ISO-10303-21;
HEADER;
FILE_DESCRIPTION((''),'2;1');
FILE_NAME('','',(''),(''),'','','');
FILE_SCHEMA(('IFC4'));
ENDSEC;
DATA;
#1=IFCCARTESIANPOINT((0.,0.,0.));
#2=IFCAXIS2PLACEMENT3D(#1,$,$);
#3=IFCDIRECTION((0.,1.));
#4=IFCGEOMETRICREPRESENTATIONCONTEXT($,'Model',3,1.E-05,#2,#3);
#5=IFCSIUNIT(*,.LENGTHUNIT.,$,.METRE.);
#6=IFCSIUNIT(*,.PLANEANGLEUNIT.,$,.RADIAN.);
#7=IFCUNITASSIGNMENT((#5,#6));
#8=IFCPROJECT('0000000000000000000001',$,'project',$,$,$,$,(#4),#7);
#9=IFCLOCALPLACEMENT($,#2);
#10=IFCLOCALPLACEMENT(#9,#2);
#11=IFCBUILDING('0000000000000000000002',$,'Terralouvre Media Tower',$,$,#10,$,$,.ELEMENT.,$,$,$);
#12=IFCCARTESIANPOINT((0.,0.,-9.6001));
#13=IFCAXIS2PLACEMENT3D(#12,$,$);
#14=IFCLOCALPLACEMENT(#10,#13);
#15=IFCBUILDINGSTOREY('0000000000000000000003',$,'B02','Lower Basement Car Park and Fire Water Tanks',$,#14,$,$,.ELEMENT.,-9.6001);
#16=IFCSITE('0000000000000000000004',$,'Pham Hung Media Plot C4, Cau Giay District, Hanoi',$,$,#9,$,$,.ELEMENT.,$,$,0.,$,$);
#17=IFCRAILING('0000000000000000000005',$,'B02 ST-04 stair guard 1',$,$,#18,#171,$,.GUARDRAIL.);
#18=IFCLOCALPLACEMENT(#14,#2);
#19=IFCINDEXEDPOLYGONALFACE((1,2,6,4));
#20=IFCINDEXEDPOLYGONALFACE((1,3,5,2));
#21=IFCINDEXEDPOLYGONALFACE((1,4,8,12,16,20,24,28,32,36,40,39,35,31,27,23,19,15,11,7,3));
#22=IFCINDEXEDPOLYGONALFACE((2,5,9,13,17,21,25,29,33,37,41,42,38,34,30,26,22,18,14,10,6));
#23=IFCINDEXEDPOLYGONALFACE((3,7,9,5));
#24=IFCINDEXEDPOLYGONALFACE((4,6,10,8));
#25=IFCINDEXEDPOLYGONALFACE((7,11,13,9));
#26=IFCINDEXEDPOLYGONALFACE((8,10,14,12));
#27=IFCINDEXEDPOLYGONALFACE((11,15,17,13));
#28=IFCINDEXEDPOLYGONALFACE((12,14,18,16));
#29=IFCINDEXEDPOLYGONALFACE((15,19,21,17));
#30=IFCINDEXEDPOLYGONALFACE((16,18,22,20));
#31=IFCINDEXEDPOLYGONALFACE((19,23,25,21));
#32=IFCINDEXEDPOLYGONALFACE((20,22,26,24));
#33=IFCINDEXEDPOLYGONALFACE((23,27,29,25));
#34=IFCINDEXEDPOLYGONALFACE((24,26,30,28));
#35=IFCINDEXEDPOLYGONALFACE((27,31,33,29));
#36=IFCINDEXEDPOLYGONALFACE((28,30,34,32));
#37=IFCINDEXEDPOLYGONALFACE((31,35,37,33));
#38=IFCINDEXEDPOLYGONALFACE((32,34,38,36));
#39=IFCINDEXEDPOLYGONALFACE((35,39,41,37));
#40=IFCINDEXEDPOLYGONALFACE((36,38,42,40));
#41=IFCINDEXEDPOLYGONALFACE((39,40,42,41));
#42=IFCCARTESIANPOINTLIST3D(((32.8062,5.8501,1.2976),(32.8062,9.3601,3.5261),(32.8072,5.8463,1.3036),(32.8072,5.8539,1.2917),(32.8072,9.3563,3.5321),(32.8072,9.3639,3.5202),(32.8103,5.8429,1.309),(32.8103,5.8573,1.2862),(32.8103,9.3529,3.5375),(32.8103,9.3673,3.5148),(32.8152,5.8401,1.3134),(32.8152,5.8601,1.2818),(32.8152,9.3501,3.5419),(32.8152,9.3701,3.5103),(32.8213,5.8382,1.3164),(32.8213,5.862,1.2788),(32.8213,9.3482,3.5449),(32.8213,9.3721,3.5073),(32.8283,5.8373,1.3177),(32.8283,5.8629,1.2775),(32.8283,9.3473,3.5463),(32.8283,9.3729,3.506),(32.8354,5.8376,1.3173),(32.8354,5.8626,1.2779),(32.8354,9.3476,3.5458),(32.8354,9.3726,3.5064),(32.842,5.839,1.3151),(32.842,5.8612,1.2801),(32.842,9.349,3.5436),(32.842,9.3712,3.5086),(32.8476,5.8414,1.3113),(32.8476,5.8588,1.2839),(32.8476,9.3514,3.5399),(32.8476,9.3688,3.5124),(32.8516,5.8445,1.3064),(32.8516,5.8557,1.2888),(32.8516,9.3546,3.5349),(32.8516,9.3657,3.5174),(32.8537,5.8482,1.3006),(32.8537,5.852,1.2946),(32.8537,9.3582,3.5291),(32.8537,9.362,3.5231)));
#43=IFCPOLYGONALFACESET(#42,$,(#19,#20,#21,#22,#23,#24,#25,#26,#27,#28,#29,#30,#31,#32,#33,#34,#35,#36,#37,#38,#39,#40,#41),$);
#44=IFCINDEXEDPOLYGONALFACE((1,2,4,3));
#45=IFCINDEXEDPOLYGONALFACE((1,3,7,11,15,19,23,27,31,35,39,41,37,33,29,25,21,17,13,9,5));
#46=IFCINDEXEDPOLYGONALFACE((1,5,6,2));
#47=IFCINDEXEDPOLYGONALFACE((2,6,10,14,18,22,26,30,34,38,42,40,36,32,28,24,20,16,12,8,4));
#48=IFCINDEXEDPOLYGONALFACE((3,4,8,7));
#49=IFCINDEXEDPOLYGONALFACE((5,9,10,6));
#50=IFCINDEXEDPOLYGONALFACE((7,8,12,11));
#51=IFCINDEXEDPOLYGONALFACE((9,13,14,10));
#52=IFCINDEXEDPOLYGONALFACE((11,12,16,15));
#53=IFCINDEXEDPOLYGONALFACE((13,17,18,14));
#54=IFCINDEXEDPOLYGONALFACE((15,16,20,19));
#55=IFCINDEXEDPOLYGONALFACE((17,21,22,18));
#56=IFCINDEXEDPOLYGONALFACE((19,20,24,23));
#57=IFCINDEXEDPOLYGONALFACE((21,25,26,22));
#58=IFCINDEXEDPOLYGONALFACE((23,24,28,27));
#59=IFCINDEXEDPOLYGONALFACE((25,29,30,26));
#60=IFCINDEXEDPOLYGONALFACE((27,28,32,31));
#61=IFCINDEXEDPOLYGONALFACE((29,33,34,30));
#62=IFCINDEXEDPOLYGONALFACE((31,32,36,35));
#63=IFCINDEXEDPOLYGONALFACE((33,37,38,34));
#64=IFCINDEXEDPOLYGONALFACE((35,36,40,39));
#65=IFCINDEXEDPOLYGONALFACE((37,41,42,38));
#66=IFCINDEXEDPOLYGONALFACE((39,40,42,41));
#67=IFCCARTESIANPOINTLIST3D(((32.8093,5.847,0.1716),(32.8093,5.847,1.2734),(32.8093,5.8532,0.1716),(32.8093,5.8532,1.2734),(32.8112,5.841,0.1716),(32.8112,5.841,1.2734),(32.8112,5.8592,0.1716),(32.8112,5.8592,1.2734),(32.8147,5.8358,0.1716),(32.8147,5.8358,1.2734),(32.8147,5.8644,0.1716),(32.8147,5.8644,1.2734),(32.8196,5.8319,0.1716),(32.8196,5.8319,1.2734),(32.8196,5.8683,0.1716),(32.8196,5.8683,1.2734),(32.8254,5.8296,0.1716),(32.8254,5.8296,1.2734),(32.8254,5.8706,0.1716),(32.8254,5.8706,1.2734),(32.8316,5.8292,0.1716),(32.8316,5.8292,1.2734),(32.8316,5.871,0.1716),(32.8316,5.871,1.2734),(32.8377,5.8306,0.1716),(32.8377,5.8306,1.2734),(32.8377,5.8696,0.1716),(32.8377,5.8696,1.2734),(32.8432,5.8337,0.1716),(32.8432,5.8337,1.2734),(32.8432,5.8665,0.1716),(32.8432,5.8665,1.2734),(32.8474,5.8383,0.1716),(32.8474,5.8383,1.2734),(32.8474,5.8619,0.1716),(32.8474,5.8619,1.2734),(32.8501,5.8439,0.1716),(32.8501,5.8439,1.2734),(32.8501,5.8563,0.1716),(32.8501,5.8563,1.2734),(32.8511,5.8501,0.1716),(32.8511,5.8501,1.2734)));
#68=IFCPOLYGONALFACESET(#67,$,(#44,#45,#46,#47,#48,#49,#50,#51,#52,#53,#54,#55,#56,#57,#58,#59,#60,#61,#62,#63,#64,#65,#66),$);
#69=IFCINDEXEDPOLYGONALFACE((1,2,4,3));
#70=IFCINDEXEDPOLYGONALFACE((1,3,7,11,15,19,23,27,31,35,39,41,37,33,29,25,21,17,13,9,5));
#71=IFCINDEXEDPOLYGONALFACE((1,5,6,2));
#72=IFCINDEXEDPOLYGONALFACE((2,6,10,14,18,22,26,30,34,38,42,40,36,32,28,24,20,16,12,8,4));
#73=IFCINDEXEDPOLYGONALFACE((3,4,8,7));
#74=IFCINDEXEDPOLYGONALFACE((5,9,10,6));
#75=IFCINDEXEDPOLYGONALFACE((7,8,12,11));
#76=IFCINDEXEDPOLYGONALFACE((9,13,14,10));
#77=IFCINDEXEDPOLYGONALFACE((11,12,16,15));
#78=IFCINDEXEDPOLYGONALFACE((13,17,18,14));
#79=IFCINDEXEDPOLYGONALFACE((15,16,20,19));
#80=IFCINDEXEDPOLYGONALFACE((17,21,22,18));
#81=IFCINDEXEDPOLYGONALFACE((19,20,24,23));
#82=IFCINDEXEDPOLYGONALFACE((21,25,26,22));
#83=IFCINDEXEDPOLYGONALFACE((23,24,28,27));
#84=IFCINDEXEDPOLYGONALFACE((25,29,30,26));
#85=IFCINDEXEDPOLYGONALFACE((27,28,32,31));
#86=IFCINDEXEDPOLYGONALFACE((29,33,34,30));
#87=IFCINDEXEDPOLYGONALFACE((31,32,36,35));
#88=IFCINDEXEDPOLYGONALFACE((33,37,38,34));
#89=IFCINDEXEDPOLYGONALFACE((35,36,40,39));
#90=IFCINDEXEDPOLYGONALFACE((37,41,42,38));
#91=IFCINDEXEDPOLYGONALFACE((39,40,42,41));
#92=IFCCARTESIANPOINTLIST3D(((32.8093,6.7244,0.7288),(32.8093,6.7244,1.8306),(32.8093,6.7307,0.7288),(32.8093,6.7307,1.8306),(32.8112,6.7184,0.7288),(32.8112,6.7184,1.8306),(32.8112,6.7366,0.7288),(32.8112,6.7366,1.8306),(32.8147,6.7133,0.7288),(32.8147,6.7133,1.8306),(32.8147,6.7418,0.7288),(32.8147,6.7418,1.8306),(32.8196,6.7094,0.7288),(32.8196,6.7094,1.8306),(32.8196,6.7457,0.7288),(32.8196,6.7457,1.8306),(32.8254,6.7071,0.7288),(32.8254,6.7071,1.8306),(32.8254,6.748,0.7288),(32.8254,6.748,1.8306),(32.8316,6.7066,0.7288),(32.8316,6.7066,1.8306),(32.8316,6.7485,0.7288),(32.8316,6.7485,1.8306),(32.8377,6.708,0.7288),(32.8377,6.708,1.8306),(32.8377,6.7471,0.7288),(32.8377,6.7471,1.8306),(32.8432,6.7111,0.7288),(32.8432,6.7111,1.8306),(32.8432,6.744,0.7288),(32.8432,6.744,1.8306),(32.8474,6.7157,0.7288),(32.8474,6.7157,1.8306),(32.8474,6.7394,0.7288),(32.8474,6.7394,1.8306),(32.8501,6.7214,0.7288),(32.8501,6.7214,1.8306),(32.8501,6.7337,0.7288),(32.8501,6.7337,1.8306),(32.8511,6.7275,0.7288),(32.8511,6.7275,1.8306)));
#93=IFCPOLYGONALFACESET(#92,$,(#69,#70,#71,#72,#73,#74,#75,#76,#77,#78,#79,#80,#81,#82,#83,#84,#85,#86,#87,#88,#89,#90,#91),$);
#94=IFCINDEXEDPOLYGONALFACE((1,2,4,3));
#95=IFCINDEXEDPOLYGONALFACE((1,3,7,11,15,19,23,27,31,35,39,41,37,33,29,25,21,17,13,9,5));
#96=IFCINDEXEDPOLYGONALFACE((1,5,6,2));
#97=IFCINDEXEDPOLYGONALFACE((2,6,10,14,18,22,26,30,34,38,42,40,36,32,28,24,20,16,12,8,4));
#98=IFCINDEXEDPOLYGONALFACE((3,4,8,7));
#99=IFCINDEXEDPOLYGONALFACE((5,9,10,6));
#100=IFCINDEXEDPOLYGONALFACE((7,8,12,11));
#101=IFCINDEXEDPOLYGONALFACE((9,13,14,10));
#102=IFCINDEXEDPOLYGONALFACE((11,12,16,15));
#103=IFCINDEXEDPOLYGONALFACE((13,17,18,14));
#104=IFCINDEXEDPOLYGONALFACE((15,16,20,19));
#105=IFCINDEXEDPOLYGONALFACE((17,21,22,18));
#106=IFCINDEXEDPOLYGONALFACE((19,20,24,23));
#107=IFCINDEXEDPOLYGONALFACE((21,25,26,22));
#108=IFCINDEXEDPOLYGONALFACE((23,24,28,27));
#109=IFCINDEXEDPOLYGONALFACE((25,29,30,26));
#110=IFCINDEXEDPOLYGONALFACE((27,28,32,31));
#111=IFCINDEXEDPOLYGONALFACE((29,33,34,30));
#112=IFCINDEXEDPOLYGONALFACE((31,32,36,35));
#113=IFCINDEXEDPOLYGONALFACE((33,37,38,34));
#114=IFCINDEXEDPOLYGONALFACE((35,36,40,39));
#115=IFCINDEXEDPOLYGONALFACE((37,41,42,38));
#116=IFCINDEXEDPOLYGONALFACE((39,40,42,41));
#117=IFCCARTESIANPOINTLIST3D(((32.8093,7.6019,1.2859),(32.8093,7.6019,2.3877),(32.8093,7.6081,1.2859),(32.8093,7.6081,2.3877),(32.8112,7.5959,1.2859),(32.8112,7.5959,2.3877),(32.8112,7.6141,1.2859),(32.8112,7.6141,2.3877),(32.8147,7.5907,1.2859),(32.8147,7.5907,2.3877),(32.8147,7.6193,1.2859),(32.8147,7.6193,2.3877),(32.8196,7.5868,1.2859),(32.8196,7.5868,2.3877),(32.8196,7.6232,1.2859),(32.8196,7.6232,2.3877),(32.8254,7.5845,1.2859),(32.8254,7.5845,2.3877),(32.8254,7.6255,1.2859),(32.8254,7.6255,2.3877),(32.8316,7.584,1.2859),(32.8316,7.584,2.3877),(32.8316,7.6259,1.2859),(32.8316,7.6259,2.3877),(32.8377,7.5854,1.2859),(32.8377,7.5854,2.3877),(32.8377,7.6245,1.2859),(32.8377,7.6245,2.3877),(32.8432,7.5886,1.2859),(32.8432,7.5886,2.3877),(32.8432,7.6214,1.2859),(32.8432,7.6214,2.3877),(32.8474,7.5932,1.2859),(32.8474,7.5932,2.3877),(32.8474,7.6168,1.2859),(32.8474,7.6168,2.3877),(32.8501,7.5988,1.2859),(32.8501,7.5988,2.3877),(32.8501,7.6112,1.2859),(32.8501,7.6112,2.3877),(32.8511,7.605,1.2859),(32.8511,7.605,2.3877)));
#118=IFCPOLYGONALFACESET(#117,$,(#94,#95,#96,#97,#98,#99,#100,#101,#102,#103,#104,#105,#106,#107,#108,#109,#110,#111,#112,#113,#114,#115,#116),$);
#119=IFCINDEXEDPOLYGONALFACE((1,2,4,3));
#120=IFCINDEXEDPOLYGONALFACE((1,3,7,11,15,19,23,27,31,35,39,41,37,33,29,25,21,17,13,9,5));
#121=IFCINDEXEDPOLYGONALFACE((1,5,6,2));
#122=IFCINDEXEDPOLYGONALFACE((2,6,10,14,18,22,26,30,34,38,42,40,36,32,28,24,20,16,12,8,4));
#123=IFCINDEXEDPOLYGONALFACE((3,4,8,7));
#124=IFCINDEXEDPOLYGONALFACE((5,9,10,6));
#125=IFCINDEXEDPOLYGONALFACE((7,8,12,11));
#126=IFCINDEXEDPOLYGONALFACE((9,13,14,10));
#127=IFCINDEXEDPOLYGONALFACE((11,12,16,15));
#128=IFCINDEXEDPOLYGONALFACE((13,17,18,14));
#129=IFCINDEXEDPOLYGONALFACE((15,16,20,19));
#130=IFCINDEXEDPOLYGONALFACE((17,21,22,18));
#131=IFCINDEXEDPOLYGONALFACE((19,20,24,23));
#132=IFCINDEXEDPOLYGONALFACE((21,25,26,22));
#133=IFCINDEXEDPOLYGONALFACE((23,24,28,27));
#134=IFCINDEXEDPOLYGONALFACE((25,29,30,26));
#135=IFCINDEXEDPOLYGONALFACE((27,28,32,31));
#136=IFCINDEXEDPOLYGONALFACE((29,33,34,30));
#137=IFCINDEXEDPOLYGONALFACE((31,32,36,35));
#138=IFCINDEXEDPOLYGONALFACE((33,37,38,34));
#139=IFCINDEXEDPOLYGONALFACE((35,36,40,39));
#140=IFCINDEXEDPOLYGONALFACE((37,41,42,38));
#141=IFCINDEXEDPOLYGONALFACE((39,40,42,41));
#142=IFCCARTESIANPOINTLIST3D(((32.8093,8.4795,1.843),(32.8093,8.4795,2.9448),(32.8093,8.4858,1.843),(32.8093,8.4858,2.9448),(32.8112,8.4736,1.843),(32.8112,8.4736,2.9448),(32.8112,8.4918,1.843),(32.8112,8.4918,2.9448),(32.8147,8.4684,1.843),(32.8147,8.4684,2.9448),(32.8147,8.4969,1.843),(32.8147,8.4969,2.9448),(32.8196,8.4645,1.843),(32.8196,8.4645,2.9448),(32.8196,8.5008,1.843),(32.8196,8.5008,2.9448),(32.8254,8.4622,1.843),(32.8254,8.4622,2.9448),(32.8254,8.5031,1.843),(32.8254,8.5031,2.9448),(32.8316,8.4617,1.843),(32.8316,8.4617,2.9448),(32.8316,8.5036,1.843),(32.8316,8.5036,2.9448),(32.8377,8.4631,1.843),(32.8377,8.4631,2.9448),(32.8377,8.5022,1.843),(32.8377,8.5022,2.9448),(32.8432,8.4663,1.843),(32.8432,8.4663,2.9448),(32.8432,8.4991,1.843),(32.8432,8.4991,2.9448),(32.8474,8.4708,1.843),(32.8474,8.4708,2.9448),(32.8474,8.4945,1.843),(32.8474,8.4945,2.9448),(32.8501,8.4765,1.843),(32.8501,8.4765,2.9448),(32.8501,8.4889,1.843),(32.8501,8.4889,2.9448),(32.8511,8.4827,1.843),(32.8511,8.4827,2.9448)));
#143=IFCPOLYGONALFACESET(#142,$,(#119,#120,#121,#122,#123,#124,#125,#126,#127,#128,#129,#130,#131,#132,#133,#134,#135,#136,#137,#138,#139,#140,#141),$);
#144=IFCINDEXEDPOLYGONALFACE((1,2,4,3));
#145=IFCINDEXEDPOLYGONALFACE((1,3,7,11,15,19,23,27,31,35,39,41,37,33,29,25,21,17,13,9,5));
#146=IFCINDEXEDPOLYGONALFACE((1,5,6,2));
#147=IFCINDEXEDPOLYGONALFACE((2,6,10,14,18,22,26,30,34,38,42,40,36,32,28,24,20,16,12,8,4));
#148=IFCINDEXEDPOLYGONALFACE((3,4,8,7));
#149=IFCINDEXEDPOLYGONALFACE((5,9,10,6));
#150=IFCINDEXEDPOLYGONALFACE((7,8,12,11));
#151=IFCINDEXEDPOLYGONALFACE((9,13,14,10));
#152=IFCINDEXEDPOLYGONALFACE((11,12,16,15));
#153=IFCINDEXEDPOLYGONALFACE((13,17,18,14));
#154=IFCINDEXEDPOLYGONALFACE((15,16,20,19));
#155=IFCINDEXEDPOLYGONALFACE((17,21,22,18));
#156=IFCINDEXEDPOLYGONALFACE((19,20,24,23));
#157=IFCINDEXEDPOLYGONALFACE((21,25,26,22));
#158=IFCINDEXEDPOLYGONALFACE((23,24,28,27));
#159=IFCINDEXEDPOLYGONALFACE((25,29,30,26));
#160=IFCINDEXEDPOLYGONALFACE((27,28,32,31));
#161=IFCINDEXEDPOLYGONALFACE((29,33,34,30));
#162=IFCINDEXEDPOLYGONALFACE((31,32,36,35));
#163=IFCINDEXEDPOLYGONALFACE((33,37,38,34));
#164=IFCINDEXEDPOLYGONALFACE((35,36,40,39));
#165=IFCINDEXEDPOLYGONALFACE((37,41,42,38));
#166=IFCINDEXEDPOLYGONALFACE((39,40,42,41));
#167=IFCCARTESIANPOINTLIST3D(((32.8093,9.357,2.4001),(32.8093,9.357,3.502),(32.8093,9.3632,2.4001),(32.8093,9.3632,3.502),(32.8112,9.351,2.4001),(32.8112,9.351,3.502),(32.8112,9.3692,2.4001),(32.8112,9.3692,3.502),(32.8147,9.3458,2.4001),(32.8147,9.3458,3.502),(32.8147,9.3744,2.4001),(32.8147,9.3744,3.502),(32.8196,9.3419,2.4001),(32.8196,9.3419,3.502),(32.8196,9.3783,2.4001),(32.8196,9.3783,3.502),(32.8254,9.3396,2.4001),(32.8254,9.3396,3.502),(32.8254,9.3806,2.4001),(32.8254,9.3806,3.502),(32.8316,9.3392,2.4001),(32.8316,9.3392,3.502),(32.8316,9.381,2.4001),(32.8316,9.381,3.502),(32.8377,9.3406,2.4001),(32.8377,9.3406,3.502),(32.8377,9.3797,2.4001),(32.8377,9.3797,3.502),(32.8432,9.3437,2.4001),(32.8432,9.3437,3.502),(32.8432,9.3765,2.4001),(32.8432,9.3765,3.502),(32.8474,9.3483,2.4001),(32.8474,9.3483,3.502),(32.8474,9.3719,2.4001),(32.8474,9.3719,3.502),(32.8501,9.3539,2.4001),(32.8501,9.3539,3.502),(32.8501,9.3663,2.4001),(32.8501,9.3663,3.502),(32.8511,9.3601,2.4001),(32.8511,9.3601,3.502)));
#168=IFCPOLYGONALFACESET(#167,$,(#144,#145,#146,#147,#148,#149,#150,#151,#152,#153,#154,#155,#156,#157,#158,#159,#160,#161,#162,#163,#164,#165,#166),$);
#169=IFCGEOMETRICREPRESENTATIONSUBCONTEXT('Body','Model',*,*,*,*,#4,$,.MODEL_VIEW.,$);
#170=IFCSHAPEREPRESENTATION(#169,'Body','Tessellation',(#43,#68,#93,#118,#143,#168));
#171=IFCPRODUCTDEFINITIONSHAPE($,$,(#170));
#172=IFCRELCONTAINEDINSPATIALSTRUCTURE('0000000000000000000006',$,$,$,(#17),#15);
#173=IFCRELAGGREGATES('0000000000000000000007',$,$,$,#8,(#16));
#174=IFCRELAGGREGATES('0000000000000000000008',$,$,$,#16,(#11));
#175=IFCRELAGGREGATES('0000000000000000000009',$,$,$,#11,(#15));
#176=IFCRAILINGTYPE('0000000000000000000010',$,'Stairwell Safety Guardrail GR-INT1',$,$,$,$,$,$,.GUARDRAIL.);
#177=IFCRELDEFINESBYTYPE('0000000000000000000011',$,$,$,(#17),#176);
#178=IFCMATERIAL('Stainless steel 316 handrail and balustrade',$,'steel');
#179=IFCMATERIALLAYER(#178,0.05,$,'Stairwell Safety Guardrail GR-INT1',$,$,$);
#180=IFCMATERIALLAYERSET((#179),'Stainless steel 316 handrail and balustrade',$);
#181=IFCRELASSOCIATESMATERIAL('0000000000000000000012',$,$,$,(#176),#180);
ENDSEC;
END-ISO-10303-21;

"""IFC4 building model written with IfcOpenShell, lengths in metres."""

from ifc_helpers import new_model, si_unit, direction, frame, origin, origin_2d, place, context, subcontext, project, spatial, circle, extrude, material, layer, layer_set, type_object, element, save


model = new_model("IFC4")

# Units and contexts
model_context = context("Model", 3, precision=1e-05, world=origin(), true_north=direction((0.0, 1.0)))
body_context = subcontext(model_context, "Body", "Model", "MODEL_VIEW")
ifc_project = project(units=[si_unit("LENGTHUNIT", "METRE"), si_unit("PLANEANGLEUNIT", "RADIAN")], contexts=[model_context])

# Site, building, storey
site_placement = place(None, origin())
site = spatial("IfcSite", under=ifc_project, at=site_placement, Name="Pham Hung Media Plot C4, Cau Giay District, Hanoi", CompositionType="ELEMENT", RefElevation=0.0)
building_placement = place(site_placement, origin())
building = spatial("IfcBuilding", under=site, at=building_placement, Name="Terralouvre Media Tower", CompositionType="ELEMENT")
storey_placement = place(building_placement, frame((0.0, 0.0, -9.6001)))
storey = spatial("IfcBuildingStorey", under=building, at=storey_placement, Name="B02", Description="Lower Basement Car Park and Fire Water Tanks", CompositionType="ELEMENT", Elevation=-9.6001)

# Railing
ifc_material_1 = material(Name="Stainless steel 316 handrail and balustrade", Category="steel")
ifc_layer_1 = layer(ifc_material_1, 0.05, Name="Stairwell Safety Guardrail GR-INT1")
ifc_layer_set_1 = layer_set([ifc_layer_1], Name="Stainless steel 316 handrail and balustrade")
railing_type_1 = type_object("IfcRailingType", Name="Stairwell Safety Guardrail GR-INT1", PredefinedType="GUARDRAIL", material=ifc_layer_set_1)
railing_1_placement = place(storey_placement, frame((32.8301, 5.8501, 0.1716)))
element("IfcRailing", 1, at=railing_1_placement, inside=storey, type_object=railing_type_1, Name="B02 ST-04 stair guard 1", PredefinedType="GUARDRAIL", context=body_context, shape_type="SweptSolid", body=[
    extrude(circle(Radius=0.0239, at=origin_2d()), frame((0.0, 0.0, 1.126), z_axis=(0.0, 0.84422, 0.535998), x_axis=(-1.0, 0.0, 0.0)), (0.0, 0.0, 1.0), 4.1577),
    extrude(circle(Radius=0.021, at=origin_2d()), origin(), (0.0, 0.0, 1.0), 1.1018),
    extrude(circle(Radius=0.021, at=origin_2d()), frame((0.0, 0.8774, 0.5571)), (0.0, 0.0, 1.0), 1.1018),
    extrude(circle(Radius=0.021, at=origin_2d()), frame((0.0, 1.7549, 1.1143)), (0.0, 0.0, 1.0), 1.1018),
    extrude(circle(Radius=0.021, at=origin_2d()), frame((0.0, 2.6326, 1.6714)), (0.0, 0.0, 1.0), 1.1018),
    extrude(circle(Radius=0.021, at=origin_2d()), frame((0.0, 3.51, 2.2285)), (0.0, 0.0, 1.0), 1.1018),
])

save(model, "model.ifc")
